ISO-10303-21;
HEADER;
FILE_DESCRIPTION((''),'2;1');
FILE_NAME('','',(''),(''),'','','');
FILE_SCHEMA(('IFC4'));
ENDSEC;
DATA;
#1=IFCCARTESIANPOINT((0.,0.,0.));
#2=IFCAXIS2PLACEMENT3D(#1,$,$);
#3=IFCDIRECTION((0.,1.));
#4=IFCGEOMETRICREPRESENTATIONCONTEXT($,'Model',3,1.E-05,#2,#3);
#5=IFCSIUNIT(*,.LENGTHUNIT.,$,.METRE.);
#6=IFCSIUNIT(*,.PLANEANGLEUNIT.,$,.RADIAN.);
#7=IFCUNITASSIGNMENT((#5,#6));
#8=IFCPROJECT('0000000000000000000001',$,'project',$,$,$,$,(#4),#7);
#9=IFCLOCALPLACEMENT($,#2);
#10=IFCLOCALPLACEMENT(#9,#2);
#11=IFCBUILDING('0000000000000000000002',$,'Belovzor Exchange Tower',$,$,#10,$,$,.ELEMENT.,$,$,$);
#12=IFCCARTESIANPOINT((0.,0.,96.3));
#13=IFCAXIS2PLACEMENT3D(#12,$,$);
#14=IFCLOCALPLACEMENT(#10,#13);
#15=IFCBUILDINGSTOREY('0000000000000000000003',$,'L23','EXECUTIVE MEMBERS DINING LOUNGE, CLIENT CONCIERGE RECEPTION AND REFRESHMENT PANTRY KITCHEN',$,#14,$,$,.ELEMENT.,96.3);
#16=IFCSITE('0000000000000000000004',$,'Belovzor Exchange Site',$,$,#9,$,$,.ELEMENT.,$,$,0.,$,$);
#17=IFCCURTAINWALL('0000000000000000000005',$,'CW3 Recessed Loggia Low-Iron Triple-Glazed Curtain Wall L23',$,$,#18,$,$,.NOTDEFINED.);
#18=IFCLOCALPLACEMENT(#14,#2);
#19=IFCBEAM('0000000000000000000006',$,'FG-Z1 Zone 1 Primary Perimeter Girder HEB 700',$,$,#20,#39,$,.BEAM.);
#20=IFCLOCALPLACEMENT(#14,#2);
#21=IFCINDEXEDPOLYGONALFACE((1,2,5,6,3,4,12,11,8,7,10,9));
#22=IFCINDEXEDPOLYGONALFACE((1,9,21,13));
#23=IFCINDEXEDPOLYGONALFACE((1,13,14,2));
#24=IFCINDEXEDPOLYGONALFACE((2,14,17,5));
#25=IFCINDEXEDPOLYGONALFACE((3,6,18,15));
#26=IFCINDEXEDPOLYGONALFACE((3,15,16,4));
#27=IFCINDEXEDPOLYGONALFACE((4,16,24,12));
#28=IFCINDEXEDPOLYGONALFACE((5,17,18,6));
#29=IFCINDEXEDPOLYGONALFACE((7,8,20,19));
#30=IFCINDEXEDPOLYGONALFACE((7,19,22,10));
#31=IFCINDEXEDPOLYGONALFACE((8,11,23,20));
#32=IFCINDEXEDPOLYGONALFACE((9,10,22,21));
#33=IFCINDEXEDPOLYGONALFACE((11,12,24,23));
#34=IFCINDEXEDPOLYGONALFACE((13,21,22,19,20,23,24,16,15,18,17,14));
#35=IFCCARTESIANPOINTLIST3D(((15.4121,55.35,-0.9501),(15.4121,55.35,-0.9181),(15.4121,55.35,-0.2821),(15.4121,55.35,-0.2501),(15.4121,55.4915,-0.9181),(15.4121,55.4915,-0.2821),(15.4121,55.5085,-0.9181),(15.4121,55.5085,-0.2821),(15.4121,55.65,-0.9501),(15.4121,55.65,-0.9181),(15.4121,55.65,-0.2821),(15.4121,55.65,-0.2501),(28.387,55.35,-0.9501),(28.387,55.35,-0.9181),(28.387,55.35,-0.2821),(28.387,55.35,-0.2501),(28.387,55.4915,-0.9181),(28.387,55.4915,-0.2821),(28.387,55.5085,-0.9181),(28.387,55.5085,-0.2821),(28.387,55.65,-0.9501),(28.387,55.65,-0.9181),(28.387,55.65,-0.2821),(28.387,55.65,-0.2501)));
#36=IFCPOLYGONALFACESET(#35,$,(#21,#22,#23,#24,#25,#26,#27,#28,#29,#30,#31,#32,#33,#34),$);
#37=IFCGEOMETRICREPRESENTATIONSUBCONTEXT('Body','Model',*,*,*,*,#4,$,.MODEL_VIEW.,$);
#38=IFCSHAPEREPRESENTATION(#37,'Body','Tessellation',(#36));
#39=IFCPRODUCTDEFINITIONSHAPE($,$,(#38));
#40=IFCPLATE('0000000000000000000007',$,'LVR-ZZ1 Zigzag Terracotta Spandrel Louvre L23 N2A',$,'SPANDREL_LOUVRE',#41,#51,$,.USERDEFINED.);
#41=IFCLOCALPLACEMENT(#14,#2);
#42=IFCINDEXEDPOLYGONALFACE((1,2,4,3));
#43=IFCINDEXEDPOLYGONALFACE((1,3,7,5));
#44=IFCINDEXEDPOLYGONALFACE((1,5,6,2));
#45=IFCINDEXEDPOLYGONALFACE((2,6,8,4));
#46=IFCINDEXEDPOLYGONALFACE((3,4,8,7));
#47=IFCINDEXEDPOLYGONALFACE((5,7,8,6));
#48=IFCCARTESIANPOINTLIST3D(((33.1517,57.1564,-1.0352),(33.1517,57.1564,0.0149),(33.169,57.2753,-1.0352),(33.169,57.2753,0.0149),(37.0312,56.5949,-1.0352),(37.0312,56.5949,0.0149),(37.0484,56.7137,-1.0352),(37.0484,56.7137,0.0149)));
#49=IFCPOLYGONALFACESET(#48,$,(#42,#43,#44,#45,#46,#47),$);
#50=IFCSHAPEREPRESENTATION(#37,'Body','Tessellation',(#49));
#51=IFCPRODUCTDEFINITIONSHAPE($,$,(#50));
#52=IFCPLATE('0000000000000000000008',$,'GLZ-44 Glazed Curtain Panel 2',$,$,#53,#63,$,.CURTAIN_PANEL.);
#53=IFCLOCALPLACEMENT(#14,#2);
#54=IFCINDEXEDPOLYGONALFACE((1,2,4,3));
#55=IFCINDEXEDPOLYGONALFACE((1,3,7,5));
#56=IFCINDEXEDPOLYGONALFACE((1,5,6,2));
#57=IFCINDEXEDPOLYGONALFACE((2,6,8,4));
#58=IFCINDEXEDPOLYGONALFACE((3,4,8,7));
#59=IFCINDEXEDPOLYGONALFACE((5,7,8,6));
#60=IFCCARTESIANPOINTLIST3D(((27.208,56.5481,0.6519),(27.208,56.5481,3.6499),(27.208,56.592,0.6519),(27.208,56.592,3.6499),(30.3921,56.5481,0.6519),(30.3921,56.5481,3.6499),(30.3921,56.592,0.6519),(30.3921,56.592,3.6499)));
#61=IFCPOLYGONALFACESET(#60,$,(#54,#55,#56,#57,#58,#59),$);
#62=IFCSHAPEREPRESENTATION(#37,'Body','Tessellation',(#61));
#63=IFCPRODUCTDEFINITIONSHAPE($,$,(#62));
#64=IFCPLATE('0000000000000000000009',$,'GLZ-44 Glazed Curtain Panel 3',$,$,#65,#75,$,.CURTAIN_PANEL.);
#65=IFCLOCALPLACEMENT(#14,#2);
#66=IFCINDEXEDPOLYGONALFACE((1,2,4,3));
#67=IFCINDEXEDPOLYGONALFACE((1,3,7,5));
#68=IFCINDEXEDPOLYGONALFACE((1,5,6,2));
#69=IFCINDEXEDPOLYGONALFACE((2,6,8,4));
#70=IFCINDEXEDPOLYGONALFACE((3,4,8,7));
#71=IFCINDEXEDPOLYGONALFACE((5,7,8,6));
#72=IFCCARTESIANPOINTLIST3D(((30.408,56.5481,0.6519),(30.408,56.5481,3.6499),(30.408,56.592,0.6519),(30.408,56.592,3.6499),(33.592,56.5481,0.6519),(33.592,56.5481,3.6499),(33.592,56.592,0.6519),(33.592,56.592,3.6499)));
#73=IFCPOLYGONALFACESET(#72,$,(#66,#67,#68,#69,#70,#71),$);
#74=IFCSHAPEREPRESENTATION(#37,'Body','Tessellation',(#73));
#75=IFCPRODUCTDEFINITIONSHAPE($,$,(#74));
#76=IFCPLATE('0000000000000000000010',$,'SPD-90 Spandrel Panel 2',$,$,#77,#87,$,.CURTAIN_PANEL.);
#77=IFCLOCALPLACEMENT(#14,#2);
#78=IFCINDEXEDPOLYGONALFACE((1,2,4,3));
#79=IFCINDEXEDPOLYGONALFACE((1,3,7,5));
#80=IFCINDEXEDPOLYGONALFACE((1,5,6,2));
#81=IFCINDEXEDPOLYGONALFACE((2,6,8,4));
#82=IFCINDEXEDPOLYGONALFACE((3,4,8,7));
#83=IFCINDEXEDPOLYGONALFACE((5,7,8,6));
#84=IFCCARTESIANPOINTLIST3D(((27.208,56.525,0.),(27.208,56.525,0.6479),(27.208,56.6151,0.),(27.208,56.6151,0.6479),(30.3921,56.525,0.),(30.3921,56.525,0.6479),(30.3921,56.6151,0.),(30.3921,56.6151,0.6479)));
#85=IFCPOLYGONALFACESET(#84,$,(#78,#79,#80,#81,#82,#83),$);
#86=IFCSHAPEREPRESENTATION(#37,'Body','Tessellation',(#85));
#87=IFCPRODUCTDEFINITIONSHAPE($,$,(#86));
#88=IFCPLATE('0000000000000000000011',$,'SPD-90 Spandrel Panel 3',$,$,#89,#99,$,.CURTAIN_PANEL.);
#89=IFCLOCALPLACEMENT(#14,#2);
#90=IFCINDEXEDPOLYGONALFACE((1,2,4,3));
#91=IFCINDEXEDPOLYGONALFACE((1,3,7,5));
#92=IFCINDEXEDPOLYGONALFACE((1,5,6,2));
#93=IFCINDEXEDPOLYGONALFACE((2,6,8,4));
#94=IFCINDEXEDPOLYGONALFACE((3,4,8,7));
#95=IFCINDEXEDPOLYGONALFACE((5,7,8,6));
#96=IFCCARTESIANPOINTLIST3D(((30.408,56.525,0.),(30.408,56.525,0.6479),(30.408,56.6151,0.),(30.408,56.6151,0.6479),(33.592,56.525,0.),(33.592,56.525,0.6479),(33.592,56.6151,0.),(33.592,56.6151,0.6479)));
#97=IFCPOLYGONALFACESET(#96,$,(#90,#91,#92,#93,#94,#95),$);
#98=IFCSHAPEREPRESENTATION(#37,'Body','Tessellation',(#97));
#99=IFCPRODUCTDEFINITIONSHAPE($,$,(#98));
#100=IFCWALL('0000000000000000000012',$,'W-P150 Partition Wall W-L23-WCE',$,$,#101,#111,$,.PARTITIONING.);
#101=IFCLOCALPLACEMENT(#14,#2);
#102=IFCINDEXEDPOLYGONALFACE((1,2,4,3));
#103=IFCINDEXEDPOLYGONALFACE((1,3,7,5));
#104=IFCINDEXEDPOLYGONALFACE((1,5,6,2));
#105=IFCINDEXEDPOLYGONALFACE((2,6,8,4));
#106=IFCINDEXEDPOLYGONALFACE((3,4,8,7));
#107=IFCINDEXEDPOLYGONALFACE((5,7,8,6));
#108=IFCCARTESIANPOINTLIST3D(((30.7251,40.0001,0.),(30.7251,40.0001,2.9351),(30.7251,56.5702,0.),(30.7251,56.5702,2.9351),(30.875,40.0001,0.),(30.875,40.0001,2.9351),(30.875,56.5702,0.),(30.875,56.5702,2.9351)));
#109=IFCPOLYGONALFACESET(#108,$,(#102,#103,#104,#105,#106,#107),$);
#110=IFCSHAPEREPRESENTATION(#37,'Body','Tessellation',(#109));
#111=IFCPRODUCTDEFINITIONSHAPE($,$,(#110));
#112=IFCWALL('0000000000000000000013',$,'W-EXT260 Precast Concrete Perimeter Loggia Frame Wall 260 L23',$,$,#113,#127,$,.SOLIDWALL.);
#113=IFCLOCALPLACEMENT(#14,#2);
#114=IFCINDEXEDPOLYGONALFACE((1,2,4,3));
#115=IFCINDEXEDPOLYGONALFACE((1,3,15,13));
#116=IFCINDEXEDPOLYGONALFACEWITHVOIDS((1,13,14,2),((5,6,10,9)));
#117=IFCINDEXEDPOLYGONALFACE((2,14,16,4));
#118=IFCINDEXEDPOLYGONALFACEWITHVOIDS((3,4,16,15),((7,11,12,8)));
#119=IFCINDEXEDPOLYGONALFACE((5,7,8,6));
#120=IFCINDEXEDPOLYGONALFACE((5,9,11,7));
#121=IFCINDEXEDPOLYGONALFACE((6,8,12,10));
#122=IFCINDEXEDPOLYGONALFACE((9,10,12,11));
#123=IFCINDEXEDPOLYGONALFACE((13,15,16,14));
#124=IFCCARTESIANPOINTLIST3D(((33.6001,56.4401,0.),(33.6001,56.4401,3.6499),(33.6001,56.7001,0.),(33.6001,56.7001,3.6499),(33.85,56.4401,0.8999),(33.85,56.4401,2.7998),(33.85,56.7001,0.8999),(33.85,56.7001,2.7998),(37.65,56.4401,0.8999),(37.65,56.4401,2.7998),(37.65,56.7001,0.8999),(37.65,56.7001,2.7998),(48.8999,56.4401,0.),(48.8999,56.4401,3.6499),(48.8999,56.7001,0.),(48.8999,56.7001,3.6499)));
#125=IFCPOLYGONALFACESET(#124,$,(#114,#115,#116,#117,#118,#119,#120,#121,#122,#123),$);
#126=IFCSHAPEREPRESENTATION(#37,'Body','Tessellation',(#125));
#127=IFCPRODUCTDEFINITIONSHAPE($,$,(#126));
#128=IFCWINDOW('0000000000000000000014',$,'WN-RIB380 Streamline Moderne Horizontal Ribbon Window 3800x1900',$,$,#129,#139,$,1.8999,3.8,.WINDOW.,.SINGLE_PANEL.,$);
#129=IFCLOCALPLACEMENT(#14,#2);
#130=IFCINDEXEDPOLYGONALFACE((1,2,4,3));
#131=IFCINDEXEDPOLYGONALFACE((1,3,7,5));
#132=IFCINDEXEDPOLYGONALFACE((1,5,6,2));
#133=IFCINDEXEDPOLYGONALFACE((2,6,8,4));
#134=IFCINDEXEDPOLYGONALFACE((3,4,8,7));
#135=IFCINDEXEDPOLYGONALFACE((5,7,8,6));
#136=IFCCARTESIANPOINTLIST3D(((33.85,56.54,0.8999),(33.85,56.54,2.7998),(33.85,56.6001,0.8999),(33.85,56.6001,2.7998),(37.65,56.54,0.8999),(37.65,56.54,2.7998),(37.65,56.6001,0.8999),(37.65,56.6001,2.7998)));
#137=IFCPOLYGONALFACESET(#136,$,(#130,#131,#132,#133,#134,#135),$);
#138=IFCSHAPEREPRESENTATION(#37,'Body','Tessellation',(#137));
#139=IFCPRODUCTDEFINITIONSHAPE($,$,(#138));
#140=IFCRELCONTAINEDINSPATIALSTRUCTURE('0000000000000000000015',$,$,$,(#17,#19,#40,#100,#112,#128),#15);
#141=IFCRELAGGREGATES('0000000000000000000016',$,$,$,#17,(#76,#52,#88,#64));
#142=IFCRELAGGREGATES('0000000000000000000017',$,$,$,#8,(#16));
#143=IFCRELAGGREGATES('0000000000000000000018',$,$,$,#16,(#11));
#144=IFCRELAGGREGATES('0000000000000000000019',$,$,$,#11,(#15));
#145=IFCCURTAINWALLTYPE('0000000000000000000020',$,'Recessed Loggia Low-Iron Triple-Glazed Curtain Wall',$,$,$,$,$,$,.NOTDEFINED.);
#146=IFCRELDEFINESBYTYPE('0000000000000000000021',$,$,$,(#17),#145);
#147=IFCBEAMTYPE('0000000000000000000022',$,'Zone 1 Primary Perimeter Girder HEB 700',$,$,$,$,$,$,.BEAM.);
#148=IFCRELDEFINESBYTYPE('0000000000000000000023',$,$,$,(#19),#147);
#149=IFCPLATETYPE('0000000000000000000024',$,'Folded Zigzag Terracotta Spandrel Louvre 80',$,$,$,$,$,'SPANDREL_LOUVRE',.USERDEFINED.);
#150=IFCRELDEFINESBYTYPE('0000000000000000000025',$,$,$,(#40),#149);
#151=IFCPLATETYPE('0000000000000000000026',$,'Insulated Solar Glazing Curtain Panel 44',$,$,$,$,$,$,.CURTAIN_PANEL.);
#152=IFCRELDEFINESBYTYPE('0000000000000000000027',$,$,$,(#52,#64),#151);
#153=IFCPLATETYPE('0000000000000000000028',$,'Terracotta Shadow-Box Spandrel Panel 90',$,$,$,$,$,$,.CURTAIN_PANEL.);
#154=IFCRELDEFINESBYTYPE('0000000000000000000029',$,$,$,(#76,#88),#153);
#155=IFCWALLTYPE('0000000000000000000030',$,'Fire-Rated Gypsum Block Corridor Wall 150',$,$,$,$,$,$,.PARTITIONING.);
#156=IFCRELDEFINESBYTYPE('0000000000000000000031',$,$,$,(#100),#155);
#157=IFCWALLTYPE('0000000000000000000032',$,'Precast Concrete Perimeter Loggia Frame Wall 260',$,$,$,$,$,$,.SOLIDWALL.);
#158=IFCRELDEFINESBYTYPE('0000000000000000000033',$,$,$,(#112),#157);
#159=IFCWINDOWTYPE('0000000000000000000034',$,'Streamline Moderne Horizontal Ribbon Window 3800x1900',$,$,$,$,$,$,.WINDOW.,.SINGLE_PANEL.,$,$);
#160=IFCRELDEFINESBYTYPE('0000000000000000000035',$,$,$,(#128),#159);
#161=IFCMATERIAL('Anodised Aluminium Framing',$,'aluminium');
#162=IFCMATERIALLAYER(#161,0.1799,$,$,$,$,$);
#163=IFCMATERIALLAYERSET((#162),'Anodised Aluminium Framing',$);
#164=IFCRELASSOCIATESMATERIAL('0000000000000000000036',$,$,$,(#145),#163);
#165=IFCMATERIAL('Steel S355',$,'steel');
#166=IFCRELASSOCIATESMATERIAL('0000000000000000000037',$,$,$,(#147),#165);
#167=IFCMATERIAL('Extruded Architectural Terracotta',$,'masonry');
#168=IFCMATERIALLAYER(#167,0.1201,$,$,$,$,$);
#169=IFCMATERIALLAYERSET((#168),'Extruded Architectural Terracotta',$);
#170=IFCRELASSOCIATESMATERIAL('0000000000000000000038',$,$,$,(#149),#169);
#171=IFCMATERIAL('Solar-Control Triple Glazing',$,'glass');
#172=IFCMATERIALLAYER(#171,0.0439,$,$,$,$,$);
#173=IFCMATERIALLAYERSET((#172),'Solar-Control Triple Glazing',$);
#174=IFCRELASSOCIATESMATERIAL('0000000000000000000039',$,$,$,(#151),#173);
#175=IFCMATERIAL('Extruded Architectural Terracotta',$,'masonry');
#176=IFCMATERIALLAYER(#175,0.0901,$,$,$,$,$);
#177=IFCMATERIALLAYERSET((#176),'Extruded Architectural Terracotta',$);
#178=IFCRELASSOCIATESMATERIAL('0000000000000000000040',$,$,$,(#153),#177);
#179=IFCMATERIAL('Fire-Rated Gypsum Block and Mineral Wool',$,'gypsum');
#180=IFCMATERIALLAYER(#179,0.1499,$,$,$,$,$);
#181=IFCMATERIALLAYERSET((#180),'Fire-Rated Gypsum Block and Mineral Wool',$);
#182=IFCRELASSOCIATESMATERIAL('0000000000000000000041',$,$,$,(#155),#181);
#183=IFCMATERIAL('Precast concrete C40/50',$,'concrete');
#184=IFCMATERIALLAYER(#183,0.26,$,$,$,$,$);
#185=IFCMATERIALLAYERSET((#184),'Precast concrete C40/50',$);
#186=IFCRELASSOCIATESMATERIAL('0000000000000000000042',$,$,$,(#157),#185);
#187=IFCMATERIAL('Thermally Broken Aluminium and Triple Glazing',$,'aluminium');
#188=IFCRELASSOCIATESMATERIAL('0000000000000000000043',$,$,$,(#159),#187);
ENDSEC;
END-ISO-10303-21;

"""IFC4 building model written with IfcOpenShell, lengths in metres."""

from ifc_helpers import new_model, si_unit, direction, frame, frame_2d, origin, origin_2d, place, context, subcontext, project, spatial, rectangle, i_section, extrude, material, layer, layer_set, material_profile, profile_set, type_object, element, fill, aggregate, save


model = new_model("IFC4")

# Units and contexts
model_context = context("Model", 3, precision=1e-05, world=origin(), true_north=direction((0.0, 1.0)))
body_context = subcontext(model_context, "Body", "Model", "MODEL_VIEW")
ifc_project = project(units=[si_unit("LENGTHUNIT", "METRE"), si_unit("PLANEANGLEUNIT", "RADIAN")], contexts=[model_context])

# Site, building, storey
site_placement = place(None, origin())
site = spatial("IfcSite", under=ifc_project, at=site_placement, Name="Belovzor Exchange Site", CompositionType="ELEMENT", RefElevation=0.0)
building_placement = place(site_placement, origin())
building = spatial("IfcBuilding", under=site, at=building_placement, Name="Belovzor Exchange Tower", CompositionType="ELEMENT")
storey_placement = place(building_placement, frame((0.0, 0.0, 96.3)))
storey = spatial("IfcBuildingStorey", under=building, at=storey_placement, Name="L23", Description="EXECUTIVE MEMBERS DINING LOUNGE, CLIENT CONCIERGE RECEPTION AND REFRESHMENT PANTRY KITCHEN", CompositionType="ELEMENT", Elevation=96.3)

# Curtain wall
ifc_material_1 = material(Name="Anodised Aluminium Framing", Category="aluminium")
ifc_layer_1 = layer(ifc_material_1, 0.1799)
ifc_layer_set_1 = layer_set([ifc_layer_1], Name="Anodised Aluminium Framing")
curtain_wall_type = type_object("IfcCurtainWallType", Name="Recessed Loggia Low-Iron Triple-Glazed Curtain Wall", PredefinedType="NOTDEFINED", material=ifc_layer_set_1)
curtain_wall_placement = place(storey_placement, origin())
curtain_wall = element("IfcCurtainWall", 1, at=curtain_wall_placement, inside=storey, type_object=curtain_wall_type, Name="CW3 Recessed Loggia Low-Iron Triple-Glazed Curtain Wall L23", PredefinedType="NOTDEFINED")

# Beam
ifc_material_2 = material(Name="Steel S355", Category="steel")
ifc_material_profile_1 = material_profile(ifc_material_2, i_section(OverallWidth=0.3, OverallDepth=0.7, WebThickness=0.0171, FlangeThickness=0.032, at=origin_2d()))
ifc_profile_set_1 = profile_set([ifc_material_profile_1], Name="Steel S355")
beam_type_1 = type_object("IfcBeamType", Name="Zone 1 Primary Perimeter Girder HEB 700", PredefinedType="BEAM", material=ifc_profile_set_1)
beam_1_placement = place(storey_placement, frame((28.387, 55.5, -0.6001), z_axis=(-1.0, 0.0, 0.0), x_axis=(0.0, -1.0, 0.0)))
element("IfcBeam", 2, at=beam_1_placement, inside=storey, type_object=beam_type_1, Name="FG-Z1 Zone 1 Primary Perimeter Girder HEB 700", PredefinedType="BEAM", context=body_context, shape_type="SweptSolid", body=[
    extrude(i_section(OverallWidth=0.3, OverallDepth=0.7, WebThickness=0.0171, FlangeThickness=0.032, at=origin_2d()), origin(), (0.0, 0.0, 1.0), 12.9749),
])

# Plates
ifc_material_3 = material(Name="Extruded Architectural Terracotta", Category="masonry")
ifc_layer_2 = layer(ifc_material_3, 0.1201)
ifc_layer_set_2 = layer_set([ifc_layer_2], Name="Extruded Architectural Terracotta")
plate_type_1 = type_object("IfcPlateType", Name="Folded Zigzag Terracotta Spandrel Louvre 80", ElementType="SPANDREL_LOUVRE", PredefinedType="USERDEFINED", material=ifc_layer_set_2)
plate_1_placement = place(storey_placement, frame((35.1001, 56.9351, -1.0352), z_axis=(0.0, 0.0, 1.0), x_axis=(0.989686, -0.143251, 0.0)))
element("IfcPlate", 3, at=plate_1_placement, inside=storey, type_object=plate_type_1, Name="LVR-ZZ1 Zigzag Terracotta Spandrel Louvre L23 N2A", ObjectType="SPANDREL_LOUVRE", PredefinedType="USERDEFINED", context=body_context, shape_type="SweptSolid", body=[
    extrude(rectangle(XDim=3.9199, YDim=0.1201, at=origin_2d()), origin(), (0.0, 0.0, 1.0), 1.05),
])
ifc_material_4 = material(Name="Solar-Control Triple Glazing", Category="glass")
ifc_layer_3 = layer(ifc_material_4, 0.0439)
ifc_layer_set_3 = layer_set([ifc_layer_3], Name="Solar-Control Triple Glazing")
plate_type_2 = type_object("IfcPlateType", Name="Insulated Solar Glazing Curtain Panel 44", PredefinedType="CURTAIN_PANEL", material=ifc_layer_set_3)
plate_2_placement = place(storey_placement, frame((28.8, 56.5701, 0.6519), z_axis=(0.0, 0.0, 1.0), x_axis=(1.0, 0.0, 0.0)))
plate_2 = element("IfcPlate", 4, at=plate_2_placement, type_object=plate_type_2, Name="GLZ-44 Glazed Curtain Panel 2", PredefinedType="CURTAIN_PANEL", context=body_context, shape_type="SweptSolid", body=[
    extrude(rectangle(XDim=3.1841, YDim=0.0439, at=origin_2d()), origin(), (0.0, 0.0, 1.0), 2.998),
])
plate_3_placement = place(storey_placement, frame((32.0, 56.5701, 0.6519), z_axis=(0.0, 0.0, 1.0), x_axis=(1.0, 0.0, 0.0)))
plate_3 = element("IfcPlate", 5, at=plate_3_placement, type_object=plate_type_2, Name="GLZ-44 Glazed Curtain Panel 3", PredefinedType="CURTAIN_PANEL", context=body_context, shape_type="SweptSolid", body=[
    extrude(rectangle(XDim=3.1841, YDim=0.0439, at=origin_2d()), origin(), (0.0, 0.0, 1.0), 2.998),
])
ifc_material_5 = material(Name="Extruded Architectural Terracotta", Category="masonry")
ifc_layer_4 = layer(ifc_material_5, 0.0901)
ifc_layer_set_4 = layer_set([ifc_layer_4], Name="Extruded Architectural Terracotta")
plate_type_3 = type_object("IfcPlateType", Name="Terracotta Shadow-Box Spandrel Panel 90", PredefinedType="CURTAIN_PANEL", material=ifc_layer_set_4)
plate_4_placement = place(storey_placement, frame((28.8, 56.5701, 0.0), z_axis=(0.0, 0.0, 1.0), x_axis=(1.0, 0.0, 0.0)))
plate_4 = element("IfcPlate", 6, at=plate_4_placement, type_object=plate_type_3, Name="SPD-90 Spandrel Panel 2", PredefinedType="CURTAIN_PANEL", context=body_context, shape_type="SweptSolid", body=[
    extrude(rectangle(XDim=3.1841, YDim=0.0901, at=origin_2d()), origin(), (0.0, 0.0, 1.0), 0.6479),
])
plate_5_placement = place(storey_placement, frame((32.0, 56.5701, 0.0), z_axis=(0.0, 0.0, 1.0), x_axis=(1.0, 0.0, 0.0)))
plate_5 = element("IfcPlate", 7, at=plate_5_placement, type_object=plate_type_3, Name="SPD-90 Spandrel Panel 3", PredefinedType="CURTAIN_PANEL", context=body_context, shape_type="SweptSolid", body=[
    extrude(rectangle(XDim=3.1841, YDim=0.0901, at=origin_2d()), origin(), (0.0, 0.0, 1.0), 0.6479),
])
aggregate(curtain_wall, [plate_4, plate_2, plate_5, plate_3])

# Wall
ifc_material_6 = material(Name="Fire-Rated Gypsum Block and Mineral Wool", Category="gypsum")
ifc_layer_5 = layer(ifc_material_6, 0.1499)
ifc_layer_set_5 = layer_set([ifc_layer_5], Name="Fire-Rated Gypsum Block and Mineral Wool")
wall_type_1 = type_object("IfcWallType", Name="Fire-Rated Gypsum Block Corridor Wall 150", PredefinedType="PARTITIONING", material=ifc_layer_set_5)
wall_1_placement = place(storey_placement, frame((30.8, 40.0, 0.0), z_axis=(0.0, 0.0, 1.0), x_axis=(0.0, 1.0, 0.0)))
element("IfcWall", 8, at=wall_1_placement, inside=storey, type_object=wall_type_1, Name="W-P150 Partition Wall W-L23-WCE", PredefinedType="PARTITIONING", context=body_context, shape_type="SweptSolid", body=[
    extrude(rectangle(XDim=16.5701, YDim=0.1499, at=frame_2d((8.2852, 0.0))), origin(), (0.0, 0.0, 1.0), 2.9351),
])

# Wall, opening, window
ifc_material_7 = material(Name="Precast concrete C40/50", Category="concrete")
ifc_layer_6 = layer(ifc_material_7, 0.26)
ifc_layer_set_6 = layer_set([ifc_layer_6], Name="Precast concrete C40/50")
wall_type_2 = type_object("IfcWallType", Name="Precast Concrete Perimeter Loggia Frame Wall 260", PredefinedType="SOLIDWALL", material=ifc_layer_set_6)
wall_2_placement = place(storey_placement, frame((33.6001, 56.5701, 0.0), z_axis=(0.0, 0.0, 1.0), x_axis=(1.0, 0.0, 0.0)))
wall_2 = element("IfcWall", 9, at=wall_2_placement, inside=storey, type_object=wall_type_2, Name="W-EXT260 Precast Concrete Perimeter Loggia Frame Wall 260 L23", PredefinedType="SOLIDWALL", context=body_context, shape_type="SweptSolid", body=[
    extrude(rectangle(XDim=15.2998, YDim=0.26, at=frame_2d((7.6499, 0.0))), origin(), (0.0, 0.0, 1.0), 3.6499),
])
opening_placement = place(wall_2_placement, frame((0.25, 0.0, 0.8999)))
opening = element("IfcOpeningElement", 10, at=opening_placement, cuts=wall_2, PredefinedType="OPENING", context=body_context, shape_type="SweptSolid", body=[
    extrude(rectangle(XDim=3.8, YDim=1.8999, at=frame_2d((1.8999, 0.95))), frame((0.0, 0.1399, 0.0), z_axis=(0.0, -1.0, 0.0), x_axis=(1.0, 0.0, 0.0)), (0.0, 0.0, 1.0), 0.28),
])
ifc_material_8 = material(Name="Thermally Broken Aluminium and Triple Glazing", Category="aluminium")
window_type = type_object("IfcWindowType", Name="Streamline Moderne Horizontal Ribbon Window 3800x1900", PartitioningType="SINGLE_PANEL", PredefinedType="WINDOW", material=ifc_material_8)
window_placement = place(opening_placement, origin())
window = element("IfcWindow", 11, at=window_placement, inside=storey, type_object=window_type, Name="WN-RIB380 Streamline Moderne Horizontal Ribbon Window 3800x1900", OverallHeight=1.8999, OverallWidth=3.8, PartitioningType="SINGLE_PANEL", PredefinedType="WINDOW", context=body_context, shape_type="SweptSolid", body=[
    extrude(rectangle(XDim=3.8, YDim=1.8999, at=frame_2d((1.8999, 0.95))), frame((0.0, 0.03, 0.0), z_axis=(0.0, -1.0, 0.0), x_axis=(1.0, 0.0, 0.0)), (0.0, 0.0, 1.0), 0.0601),
])
fill(opening, window)

save(model, "model.ifc")
